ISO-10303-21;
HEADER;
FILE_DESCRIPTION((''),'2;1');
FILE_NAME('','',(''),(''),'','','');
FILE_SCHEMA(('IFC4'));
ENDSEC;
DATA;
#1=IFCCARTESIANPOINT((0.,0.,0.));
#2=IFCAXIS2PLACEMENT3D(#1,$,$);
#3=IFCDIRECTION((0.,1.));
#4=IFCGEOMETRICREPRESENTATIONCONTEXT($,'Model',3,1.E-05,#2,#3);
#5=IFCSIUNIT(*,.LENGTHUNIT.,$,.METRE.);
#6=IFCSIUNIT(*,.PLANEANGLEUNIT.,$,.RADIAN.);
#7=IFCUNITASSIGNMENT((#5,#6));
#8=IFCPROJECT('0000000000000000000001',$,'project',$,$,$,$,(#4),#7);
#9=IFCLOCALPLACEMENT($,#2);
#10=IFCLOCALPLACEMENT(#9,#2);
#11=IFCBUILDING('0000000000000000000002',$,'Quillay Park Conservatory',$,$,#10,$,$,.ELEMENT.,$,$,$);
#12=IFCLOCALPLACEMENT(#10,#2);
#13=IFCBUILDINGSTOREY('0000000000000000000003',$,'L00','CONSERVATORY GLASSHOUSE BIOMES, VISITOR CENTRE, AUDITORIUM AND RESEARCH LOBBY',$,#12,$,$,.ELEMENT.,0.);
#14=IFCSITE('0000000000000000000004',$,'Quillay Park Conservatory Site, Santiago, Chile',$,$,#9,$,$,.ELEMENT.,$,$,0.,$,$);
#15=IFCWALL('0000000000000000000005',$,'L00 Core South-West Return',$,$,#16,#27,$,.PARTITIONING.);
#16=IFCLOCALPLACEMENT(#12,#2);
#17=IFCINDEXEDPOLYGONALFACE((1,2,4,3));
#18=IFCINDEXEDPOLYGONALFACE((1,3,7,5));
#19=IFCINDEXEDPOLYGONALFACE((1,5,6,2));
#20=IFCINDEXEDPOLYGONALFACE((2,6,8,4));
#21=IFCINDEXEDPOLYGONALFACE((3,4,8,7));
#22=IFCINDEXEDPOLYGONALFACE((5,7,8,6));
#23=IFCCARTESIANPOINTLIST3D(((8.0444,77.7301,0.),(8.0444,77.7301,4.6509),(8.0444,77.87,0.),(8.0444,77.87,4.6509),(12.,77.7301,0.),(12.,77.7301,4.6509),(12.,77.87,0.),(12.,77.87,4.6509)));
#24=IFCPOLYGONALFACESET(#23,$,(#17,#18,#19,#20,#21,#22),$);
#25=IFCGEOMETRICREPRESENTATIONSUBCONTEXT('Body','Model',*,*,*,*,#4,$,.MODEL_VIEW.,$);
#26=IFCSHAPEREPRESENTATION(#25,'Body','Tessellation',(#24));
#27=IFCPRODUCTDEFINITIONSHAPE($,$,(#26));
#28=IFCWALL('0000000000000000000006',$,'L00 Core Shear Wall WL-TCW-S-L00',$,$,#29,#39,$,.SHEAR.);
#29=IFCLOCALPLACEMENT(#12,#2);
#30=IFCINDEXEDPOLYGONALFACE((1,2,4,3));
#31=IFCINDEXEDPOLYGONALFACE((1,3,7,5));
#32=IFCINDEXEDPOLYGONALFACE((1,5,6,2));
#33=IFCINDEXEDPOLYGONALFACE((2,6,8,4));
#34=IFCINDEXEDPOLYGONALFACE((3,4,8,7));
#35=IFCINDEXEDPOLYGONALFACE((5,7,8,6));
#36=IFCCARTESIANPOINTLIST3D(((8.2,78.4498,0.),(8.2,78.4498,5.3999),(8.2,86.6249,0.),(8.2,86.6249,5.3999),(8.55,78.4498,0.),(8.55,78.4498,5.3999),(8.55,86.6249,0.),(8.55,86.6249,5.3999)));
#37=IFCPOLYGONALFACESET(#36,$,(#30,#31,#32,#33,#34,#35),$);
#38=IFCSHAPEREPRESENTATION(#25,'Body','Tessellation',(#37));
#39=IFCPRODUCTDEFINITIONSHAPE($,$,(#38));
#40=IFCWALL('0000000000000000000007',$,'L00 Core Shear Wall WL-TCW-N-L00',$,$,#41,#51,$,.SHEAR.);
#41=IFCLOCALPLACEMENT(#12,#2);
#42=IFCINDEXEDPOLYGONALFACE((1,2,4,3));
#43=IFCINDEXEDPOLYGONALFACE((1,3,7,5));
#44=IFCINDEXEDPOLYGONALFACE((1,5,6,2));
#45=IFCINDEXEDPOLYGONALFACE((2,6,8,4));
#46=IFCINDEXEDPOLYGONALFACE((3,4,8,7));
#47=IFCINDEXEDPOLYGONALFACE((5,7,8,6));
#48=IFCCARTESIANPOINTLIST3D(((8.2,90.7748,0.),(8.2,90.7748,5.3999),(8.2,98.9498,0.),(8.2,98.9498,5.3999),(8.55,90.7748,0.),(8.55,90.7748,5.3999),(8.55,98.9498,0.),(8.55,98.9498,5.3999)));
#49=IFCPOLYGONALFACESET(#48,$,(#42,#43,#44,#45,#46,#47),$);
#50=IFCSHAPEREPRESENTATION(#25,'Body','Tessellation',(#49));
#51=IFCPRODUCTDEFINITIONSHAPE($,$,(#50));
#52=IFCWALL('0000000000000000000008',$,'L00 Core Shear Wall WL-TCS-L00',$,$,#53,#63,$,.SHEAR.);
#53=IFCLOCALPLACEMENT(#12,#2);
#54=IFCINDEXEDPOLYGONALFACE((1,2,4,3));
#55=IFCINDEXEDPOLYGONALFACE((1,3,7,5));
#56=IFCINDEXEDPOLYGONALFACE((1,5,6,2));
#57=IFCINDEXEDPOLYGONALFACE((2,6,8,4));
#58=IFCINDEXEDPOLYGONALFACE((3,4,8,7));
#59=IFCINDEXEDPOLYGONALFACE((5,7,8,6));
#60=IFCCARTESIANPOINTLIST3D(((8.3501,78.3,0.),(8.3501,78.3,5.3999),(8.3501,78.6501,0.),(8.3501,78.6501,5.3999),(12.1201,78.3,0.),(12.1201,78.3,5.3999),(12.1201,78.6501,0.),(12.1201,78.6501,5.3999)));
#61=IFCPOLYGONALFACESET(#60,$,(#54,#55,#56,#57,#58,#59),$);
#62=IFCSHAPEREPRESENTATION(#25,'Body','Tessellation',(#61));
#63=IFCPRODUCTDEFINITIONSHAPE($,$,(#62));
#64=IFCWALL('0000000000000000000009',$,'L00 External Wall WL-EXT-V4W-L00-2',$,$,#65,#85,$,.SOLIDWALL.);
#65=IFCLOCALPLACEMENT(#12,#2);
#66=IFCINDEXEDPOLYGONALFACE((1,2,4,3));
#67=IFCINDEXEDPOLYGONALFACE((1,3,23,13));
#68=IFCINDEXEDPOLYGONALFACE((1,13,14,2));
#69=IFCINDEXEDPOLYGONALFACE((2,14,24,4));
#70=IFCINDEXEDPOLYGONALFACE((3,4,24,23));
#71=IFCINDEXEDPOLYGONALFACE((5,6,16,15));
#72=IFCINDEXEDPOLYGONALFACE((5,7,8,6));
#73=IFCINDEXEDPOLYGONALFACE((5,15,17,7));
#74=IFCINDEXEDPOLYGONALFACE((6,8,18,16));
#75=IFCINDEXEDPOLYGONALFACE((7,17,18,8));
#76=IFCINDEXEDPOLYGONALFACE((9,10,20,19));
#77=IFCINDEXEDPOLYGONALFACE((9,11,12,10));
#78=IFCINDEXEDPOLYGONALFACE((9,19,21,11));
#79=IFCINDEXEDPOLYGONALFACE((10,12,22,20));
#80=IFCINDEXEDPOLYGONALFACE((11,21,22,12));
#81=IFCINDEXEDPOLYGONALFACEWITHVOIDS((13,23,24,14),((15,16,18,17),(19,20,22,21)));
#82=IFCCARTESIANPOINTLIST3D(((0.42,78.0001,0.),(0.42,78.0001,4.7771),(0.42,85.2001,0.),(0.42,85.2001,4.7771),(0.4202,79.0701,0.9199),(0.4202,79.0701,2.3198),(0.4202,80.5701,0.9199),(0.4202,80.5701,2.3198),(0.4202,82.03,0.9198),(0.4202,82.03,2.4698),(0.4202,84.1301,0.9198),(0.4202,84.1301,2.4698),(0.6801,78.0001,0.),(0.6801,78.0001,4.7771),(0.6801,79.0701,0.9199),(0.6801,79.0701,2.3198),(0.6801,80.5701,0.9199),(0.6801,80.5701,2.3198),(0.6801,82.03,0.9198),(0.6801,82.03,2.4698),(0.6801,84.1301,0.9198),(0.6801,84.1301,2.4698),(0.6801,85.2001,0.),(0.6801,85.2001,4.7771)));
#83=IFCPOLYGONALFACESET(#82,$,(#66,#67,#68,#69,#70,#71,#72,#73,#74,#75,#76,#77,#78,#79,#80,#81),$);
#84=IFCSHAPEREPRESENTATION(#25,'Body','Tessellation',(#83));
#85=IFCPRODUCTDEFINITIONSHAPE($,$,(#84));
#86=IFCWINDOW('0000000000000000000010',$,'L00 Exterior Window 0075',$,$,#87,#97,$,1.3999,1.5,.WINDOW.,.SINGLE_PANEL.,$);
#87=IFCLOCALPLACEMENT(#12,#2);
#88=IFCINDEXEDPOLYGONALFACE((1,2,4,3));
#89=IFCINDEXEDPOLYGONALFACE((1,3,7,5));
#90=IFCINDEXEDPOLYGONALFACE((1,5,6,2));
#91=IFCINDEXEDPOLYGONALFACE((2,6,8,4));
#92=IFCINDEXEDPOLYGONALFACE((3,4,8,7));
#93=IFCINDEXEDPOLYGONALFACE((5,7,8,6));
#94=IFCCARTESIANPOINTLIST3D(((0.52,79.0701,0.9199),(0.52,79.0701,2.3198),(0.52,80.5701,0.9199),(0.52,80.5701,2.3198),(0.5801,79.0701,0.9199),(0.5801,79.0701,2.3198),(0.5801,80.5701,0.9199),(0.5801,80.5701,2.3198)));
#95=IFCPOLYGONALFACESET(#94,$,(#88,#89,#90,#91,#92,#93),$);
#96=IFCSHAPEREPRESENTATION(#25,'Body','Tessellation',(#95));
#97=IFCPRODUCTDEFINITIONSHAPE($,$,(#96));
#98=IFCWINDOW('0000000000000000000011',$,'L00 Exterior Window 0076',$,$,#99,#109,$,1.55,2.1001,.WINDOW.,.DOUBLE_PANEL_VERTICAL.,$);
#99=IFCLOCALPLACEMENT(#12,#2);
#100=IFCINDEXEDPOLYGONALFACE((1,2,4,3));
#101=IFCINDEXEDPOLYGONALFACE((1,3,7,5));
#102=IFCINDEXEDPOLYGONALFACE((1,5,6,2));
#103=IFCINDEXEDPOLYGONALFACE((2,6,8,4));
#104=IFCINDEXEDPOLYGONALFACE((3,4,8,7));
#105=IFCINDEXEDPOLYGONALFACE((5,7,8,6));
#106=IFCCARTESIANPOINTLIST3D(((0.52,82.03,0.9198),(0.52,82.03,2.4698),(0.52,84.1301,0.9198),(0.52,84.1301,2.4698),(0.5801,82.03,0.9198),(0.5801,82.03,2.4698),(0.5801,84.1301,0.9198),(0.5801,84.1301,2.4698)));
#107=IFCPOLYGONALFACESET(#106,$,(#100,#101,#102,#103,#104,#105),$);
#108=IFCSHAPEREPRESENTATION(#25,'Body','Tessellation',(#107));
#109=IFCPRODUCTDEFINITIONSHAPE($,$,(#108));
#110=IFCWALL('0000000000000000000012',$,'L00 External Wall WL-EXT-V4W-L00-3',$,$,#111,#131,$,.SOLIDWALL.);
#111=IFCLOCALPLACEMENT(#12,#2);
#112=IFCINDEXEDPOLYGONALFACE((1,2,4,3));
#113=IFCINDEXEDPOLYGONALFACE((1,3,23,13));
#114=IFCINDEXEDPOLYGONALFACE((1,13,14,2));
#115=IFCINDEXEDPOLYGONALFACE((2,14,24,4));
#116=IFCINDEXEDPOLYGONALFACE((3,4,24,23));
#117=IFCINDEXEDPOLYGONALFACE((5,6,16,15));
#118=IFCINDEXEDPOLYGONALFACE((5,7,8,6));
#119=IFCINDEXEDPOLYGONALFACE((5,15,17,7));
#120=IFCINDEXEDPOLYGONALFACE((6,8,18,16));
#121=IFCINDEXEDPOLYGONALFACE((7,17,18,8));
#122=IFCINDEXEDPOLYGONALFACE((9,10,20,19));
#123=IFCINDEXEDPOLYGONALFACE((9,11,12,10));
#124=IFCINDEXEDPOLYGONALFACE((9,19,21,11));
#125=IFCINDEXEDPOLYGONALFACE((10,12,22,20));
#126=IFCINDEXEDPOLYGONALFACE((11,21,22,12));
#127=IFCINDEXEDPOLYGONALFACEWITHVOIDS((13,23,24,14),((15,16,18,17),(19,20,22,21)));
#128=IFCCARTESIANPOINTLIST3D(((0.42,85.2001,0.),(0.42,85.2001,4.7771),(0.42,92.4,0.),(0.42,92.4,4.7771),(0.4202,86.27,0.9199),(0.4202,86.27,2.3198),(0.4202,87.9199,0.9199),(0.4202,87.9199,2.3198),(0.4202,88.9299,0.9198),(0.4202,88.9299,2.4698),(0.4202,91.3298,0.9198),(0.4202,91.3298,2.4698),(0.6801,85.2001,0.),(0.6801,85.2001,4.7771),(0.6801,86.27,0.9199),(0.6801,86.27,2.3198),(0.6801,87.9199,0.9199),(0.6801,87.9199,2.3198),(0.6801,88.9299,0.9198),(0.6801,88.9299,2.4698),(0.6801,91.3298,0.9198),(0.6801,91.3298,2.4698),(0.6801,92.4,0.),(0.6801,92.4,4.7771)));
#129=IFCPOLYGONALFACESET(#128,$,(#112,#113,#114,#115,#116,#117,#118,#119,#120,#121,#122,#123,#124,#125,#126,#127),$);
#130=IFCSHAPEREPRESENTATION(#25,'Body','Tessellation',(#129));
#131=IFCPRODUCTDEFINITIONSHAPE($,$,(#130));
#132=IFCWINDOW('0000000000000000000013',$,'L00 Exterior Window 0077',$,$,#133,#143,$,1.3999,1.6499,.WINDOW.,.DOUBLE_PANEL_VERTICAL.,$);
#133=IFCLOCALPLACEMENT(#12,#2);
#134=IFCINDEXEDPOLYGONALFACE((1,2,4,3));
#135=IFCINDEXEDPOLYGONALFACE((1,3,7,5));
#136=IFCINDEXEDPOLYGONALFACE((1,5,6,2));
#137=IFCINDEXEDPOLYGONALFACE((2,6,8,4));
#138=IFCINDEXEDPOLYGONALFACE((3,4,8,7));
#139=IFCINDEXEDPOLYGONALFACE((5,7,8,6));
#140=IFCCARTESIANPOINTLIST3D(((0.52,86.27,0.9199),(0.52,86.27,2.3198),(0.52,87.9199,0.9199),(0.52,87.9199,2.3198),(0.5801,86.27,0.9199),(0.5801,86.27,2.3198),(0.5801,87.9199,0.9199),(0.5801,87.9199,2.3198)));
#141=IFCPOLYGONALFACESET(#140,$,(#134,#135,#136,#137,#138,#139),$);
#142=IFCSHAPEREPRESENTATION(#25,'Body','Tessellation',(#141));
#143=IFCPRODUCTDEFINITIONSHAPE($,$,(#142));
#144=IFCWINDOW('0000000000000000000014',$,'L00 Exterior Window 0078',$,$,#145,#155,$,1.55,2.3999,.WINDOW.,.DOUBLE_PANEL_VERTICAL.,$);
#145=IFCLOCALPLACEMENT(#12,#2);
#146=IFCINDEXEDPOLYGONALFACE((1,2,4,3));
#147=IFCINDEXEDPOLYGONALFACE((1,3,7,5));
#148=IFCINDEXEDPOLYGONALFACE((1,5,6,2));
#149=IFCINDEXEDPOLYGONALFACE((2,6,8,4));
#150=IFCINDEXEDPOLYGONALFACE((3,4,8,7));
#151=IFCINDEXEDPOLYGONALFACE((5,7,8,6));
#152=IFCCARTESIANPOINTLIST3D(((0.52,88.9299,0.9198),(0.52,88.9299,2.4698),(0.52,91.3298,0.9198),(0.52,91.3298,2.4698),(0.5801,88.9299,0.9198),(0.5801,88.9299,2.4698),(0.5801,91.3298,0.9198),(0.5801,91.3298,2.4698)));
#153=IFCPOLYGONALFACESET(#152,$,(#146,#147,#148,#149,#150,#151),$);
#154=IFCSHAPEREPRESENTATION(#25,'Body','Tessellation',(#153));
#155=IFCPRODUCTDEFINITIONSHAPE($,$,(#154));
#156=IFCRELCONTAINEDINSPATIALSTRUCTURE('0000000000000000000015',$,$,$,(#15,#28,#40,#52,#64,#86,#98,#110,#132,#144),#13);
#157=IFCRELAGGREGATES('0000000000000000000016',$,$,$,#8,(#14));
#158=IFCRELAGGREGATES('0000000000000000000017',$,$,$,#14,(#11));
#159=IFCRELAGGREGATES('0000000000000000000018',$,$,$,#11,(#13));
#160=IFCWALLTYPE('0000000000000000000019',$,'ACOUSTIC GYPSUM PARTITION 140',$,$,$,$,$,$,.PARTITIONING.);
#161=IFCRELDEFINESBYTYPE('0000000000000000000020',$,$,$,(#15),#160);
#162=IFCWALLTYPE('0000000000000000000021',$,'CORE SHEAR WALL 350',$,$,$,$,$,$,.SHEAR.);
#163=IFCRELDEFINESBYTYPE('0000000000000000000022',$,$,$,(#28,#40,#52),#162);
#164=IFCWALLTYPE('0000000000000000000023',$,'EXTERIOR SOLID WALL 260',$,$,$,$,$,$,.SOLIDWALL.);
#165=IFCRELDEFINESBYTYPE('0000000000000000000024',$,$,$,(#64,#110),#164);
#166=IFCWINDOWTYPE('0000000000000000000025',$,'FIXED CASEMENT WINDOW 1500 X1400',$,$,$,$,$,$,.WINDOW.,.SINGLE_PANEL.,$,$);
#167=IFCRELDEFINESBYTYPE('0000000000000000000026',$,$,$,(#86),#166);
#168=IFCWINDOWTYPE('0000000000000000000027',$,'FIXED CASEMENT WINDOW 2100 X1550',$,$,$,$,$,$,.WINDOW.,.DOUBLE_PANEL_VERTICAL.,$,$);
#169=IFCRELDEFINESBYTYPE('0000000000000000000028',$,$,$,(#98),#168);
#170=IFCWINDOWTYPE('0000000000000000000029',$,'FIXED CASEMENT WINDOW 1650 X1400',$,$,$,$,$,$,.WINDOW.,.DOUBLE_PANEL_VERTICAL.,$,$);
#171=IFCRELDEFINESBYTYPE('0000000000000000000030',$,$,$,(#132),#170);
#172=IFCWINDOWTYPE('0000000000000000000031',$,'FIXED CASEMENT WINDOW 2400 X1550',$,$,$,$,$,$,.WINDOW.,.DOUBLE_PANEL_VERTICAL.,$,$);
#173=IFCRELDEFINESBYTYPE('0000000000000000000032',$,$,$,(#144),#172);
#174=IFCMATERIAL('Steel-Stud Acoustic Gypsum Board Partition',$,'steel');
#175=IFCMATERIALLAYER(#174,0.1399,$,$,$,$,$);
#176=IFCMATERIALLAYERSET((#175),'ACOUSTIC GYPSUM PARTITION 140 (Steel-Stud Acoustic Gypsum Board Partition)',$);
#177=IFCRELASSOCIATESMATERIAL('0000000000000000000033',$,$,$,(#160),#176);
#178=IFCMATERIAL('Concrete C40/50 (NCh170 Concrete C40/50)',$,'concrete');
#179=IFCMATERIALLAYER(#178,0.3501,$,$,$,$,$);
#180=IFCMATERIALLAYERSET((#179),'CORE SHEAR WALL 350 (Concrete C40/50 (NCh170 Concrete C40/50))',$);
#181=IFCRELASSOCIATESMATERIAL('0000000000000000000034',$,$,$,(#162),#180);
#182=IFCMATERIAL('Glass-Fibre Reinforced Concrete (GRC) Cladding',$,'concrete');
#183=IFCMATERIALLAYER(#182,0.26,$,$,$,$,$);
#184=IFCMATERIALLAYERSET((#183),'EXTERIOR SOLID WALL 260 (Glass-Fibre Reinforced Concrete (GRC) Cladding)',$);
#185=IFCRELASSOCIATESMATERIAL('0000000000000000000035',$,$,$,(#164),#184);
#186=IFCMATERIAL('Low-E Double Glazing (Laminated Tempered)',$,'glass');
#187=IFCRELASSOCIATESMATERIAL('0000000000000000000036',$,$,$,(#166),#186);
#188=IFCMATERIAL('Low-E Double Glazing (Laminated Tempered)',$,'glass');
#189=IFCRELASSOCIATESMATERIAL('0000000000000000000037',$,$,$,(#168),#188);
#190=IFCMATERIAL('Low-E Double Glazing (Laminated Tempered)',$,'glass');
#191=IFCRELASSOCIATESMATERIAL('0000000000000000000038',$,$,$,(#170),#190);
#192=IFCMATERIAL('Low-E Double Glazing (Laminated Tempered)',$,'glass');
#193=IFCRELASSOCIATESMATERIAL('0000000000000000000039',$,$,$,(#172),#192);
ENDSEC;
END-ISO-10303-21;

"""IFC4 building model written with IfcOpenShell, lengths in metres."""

from ifc_helpers import new_model, si_unit, direction, frame, frame_2d, origin, place, context, subcontext, project, spatial, rectangle, extrude, material, layer, layer_set, type_object, element, fill, save


model = new_model("IFC4")

# Units and contexts
model_context = context("Model", 3, precision=1e-05, world=origin(), true_north=direction((0.0, 1.0)))
body_context = subcontext(model_context, "Body", "Model", "MODEL_VIEW")
ifc_project = project(units=[si_unit("LENGTHUNIT", "METRE"), si_unit("PLANEANGLEUNIT", "RADIAN")], contexts=[model_context])

# Site, building, storey
site_placement = place(None, origin())
site = spatial("IfcSite", under=ifc_project, at=site_placement, Name="Quillay Park Conservatory Site, Santiago, Chile", CompositionType="ELEMENT", RefElevation=0.0)
building_placement = place(site_placement, origin())
building = spatial("IfcBuilding", under=site, at=building_placement, Name="Quillay Park Conservatory", CompositionType="ELEMENT")
storey_placement = place(building_placement, origin())
storey = spatial("IfcBuildingStorey", under=building, at=storey_placement, Name="L00", Description="CONSERVATORY GLASSHOUSE BIOMES, VISITOR CENTRE, AUDITORIUM AND RESEARCH LOBBY", CompositionType="ELEMENT", Elevation=0.0)

# Wall
ifc_material_1 = material(Name="Steel-Stud Acoustic Gypsum Board Partition", Category="steel")
ifc_layer_1 = layer(ifc_material_1, 0.1399)
ifc_layer_set_1 = layer_set([ifc_layer_1], Name="ACOUSTIC GYPSUM PARTITION 140 (Steel-Stud Acoustic Gypsum Board Partition)")
wall_type_1 = type_object("IfcWallType", Name="ACOUSTIC GYPSUM PARTITION 140", PredefinedType="PARTITIONING", material=ifc_layer_set_1)
wall_1_placement = place(storey_placement, frame((8.0444, 77.8, 0.0), z_axis=(0.0, 0.0, 1.0), x_axis=(1.0, 0.0, 0.0)))
element("IfcWall", 1, at=wall_1_placement, inside=storey, type_object=wall_type_1, Name="L00 Core South-West Return", PredefinedType="PARTITIONING", context=body_context, shape_type="SweptSolid", body=[
    extrude(rectangle(XDim=3.9556, YDim=0.1399, at=frame_2d((1.9778, 0.0))), origin(), (0.0, 0.0, 1.0), 4.6509),
])

# Walls
ifc_material_2 = material(Name="Concrete C40/50 (NCh170 Concrete C40/50)", Category="concrete")
ifc_layer_2 = layer(ifc_material_2, 0.3501)
ifc_layer_set_2 = layer_set([ifc_layer_2], Name="CORE SHEAR WALL 350 (Concrete C40/50 (NCh170 Concrete C40/50))")
wall_type_2 = type_object("IfcWallType", Name="CORE SHEAR WALL 350", PredefinedType="SHEAR", material=ifc_layer_set_2)
for number, where, z_axis, x_axis, name in (
    (2, (8.375, 78.45, 0.0), (0.0, 0.0, 1.0), (0.0, 1.0, 0.0), "L00 Core Shear Wall WL-TCW-S-L00"),
    (3, (8.375, 90.7749, 0.0), (0.0, 0.0, 1.0), (0.0, 1.0, 0.0), "L00 Core Shear Wall WL-TCW-N-L00"),
):
    element("IfcWall", number, at=place(storey_placement, frame(where, z_axis=z_axis, x_axis=x_axis)), inside=storey, type_object=wall_type_2, Name=name, PredefinedType="SHEAR", context=body_context, shape_type="SweptSolid", body=[
        extrude(rectangle(XDim=8.175, YDim=0.3501, at=frame_2d((4.0874, 0.0))), origin(), (0.0, 0.0, 1.0), 5.3999),
    ])
wall_2_placement = place(storey_placement, frame((8.3501, 78.4751, 0.0), z_axis=(0.0, 0.0, 1.0), x_axis=(1.0, 0.0, 0.0)))
element("IfcWall", 4, at=wall_2_placement, inside=storey, type_object=wall_type_2, Name="L00 Core Shear Wall WL-TCS-L00", PredefinedType="SHEAR", context=body_context, shape_type="SweptSolid", body=[
    extrude(rectangle(XDim=3.77, YDim=0.3501, at=frame_2d((1.885, 0.0))), origin(), (0.0, 0.0, 1.0), 5.3999),
])

# Walls, openings, windows
ifc_material_3 = material(Name="Glass-Fibre Reinforced Concrete (GRC) Cladding", Category="concrete")
ifc_layer_3 = layer(ifc_material_3, 0.26)
ifc_layer_set_3 = layer_set([ifc_layer_3], Name="EXTERIOR SOLID WALL 260 (Glass-Fibre Reinforced Concrete (GRC) Cladding)")
wall_type_3 = type_object("IfcWallType", Name="EXTERIOR SOLID WALL 260", PredefinedType="SOLIDWALL", material=ifc_layer_set_3)
wall_3_placement = place(storey_placement, frame((0.55, 78.0, 0.0), z_axis=(0.0, 0.0, 1.0), x_axis=(0.0, 1.0, 0.0)))
wall_3 = element("IfcWall", 5, at=wall_3_placement, inside=storey, type_object=wall_type_3, Name="L00 External Wall WL-EXT-V4W-L00-2", PredefinedType="SOLIDWALL", context=body_context, shape_type="SweptSolid", body=[
    extrude(rectangle(XDim=7.2, YDim=0.26, at=frame_2d((3.6001, 0.0))), origin(), (0.0, 0.0, 1.0), 4.7771),
])
opening_1_placement = place(wall_3_placement, frame((1.0701, 0.0, 0.9199)))
opening_1 = element("IfcOpeningElement", 6, at=opening_1_placement, cuts=wall_3, PredefinedType="OPENING", context=body_context, shape_type="SweptSolid", body=[
    extrude(rectangle(XDim=1.5, YDim=1.3999, at=frame_2d((0.75, 0.7))), frame((0.0, 0.1299, 0.0), z_axis=(0.0, -1.0, 0.0), x_axis=(1.0, 0.0, 0.0)), (0.0, 0.0, 1.0), 0.26),
])
opening_2_placement = place(wall_3_placement, frame((4.03, 0.0, 0.9199)))
opening_2 = element("IfcOpeningElement", 7, at=opening_2_placement, cuts=wall_3, PredefinedType="OPENING", context=body_context, shape_type="SweptSolid", body=[
    extrude(rectangle(XDim=2.1001, YDim=1.55, at=frame_2d((1.05, 0.7749))), frame((0.0, 0.1299, 0.0), z_axis=(0.0, -1.0, 0.0), x_axis=(1.0, 0.0, 0.0)), (0.0, 0.0, 1.0), 0.26),
])
ifc_material_4 = material(Name="Low-E Double Glazing (Laminated Tempered)", Category="glass")
window_type_1 = type_object("IfcWindowType", Name="FIXED CASEMENT WINDOW 1500 X1400", PartitioningType="SINGLE_PANEL", PredefinedType="WINDOW", material=ifc_material_4)
window_1_placement = place(opening_1_placement, origin())
window_1 = element("IfcWindow", 8, at=window_1_placement, inside=storey, type_object=window_type_1, Name="L00 Exterior Window 0075", OverallHeight=1.3999, OverallWidth=1.5, PartitioningType="SINGLE_PANEL", PredefinedType="WINDOW", context=body_context, shape_type="SweptSolid", body=[
    extrude(rectangle(XDim=1.5, YDim=1.3999, at=frame_2d((0.75, 0.7))), frame((0.0, 0.03, 0.0), z_axis=(0.0, -1.0, 0.0), x_axis=(1.0, 0.0, 0.0)), (0.0, 0.0, 1.0), 0.0601),
])
fill(opening_1, window_1)
ifc_material_5 = material(Name="Low-E Double Glazing (Laminated Tempered)", Category="glass")
window_type_2 = type_object("IfcWindowType", Name="FIXED CASEMENT WINDOW 2100 X1550", PartitioningType="DOUBLE_PANEL_VERTICAL", PredefinedType="WINDOW", material=ifc_material_5)
window_2_placement = place(opening_2_placement, origin())
window_2 = element("IfcWindow", 9, at=window_2_placement, inside=storey, type_object=window_type_2, Name="L00 Exterior Window 0076", OverallHeight=1.55, OverallWidth=2.1001, PartitioningType="DOUBLE_PANEL_VERTICAL", PredefinedType="WINDOW", context=body_context, shape_type="SweptSolid", body=[
    extrude(rectangle(XDim=2.1001, YDim=1.55, at=frame_2d((1.05, 0.7749))), frame((0.0, 0.03, 0.0), z_axis=(0.0, -1.0, 0.0), x_axis=(1.0, 0.0, 0.0)), (0.0, 0.0, 1.0), 0.0601),
])
fill(opening_2, window_2)
wall_4_placement = place(storey_placement, frame((0.55, 85.2, 0.0), z_axis=(0.0, 0.0, 1.0), x_axis=(0.0, 1.0, 0.0)))
wall_4 = element("IfcWall", 10, at=wall_4_placement, inside=storey, type_object=wall_type_3, Name="L00 External Wall WL-EXT-V4W-L00-3", PredefinedType="SOLIDWALL", context=body_context, shape_type="SweptSolid", body=[
    extrude(rectangle(XDim=7.2, YDim=0.26, at=frame_2d((3.6001, 0.0))), origin(), (0.0, 0.0, 1.0), 4.7771),
])
opening_3_placement = place(wall_4_placement, frame((1.0701, 0.0, 0.9199)))
opening_3 = element("IfcOpeningElement", 11, at=opening_3_placement, cuts=wall_4, PredefinedType="OPENING", context=body_context, shape_type="SweptSolid", body=[
    extrude(rectangle(XDim=1.6499, YDim=1.3999, at=frame_2d((0.825, 0.7))), frame((0.0, 0.1299, 0.0), z_axis=(0.0, -1.0, 0.0), x_axis=(1.0, 0.0, 0.0)), (0.0, 0.0, 1.0), 0.26),
])
opening_4_placement = place(wall_4_placement, frame((3.73, 0.0, 0.9199)))
opening_4 = element("IfcOpeningElement", 12, at=opening_4_placement, cuts=wall_4, PredefinedType="OPENING", context=body_context, shape_type="SweptSolid", body=[
    extrude(rectangle(XDim=2.3999, YDim=1.55, at=frame_2d((1.2, 0.7749))), frame((0.0, 0.1299, 0.0), z_axis=(0.0, -1.0, 0.0), x_axis=(1.0, 0.0, 0.0)), (0.0, 0.0, 1.0), 0.26),
])
ifc_material_6 = material(Name="Low-E Double Glazing (Laminated Tempered)", Category="glass")
window_type_3 = type_object("IfcWindowType", Name="FIXED CASEMENT WINDOW 1650 X1400", PartitioningType="DOUBLE_PANEL_VERTICAL", PredefinedType="WINDOW", material=ifc_material_6)
window_3_placement = place(opening_3_placement, origin())
window_3 = element("IfcWindow", 13, at=window_3_placement, inside=storey, type_object=window_type_3, Name="L00 Exterior Window 0077", OverallHeight=1.3999, OverallWidth=1.6499, PartitioningType="DOUBLE_PANEL_VERTICAL", PredefinedType="WINDOW", context=body_context, shape_type="SweptSolid", body=[
    extrude(rectangle(XDim=1.6499, YDim=1.3999, at=frame_2d((0.825, 0.7))), frame((0.0, 0.03, 0.0), z_axis=(0.0, -1.0, 0.0), x_axis=(1.0, 0.0, 0.0)), (0.0, 0.0, 1.0), 0.0601),
])
fill(opening_3, window_3)
ifc_material_7 = material(Name="Low-E Double Glazing (Laminated Tempered)", Category="glass")
window_type_4 = type_object("IfcWindowType", Name="FIXED CASEMENT WINDOW 2400 X1550", PartitioningType="DOUBLE_PANEL_VERTICAL", PredefinedType="WINDOW", material=ifc_material_7)
window_4_placement = place(opening_4_placement, origin())
window_4 = element("IfcWindow", 14, at=window_4_placement, inside=storey, type_object=window_type_4, Name="L00 Exterior Window 0078", OverallHeight=1.55, OverallWidth=2.3999, PartitioningType="DOUBLE_PANEL_VERTICAL", PredefinedType="WINDOW", context=body_context, shape_type="SweptSolid", body=[
    extrude(rectangle(XDim=2.3999, YDim=1.55, at=frame_2d((1.2, 0.7749))), frame((0.0, 0.03, 0.0), z_axis=(0.0, -1.0, 0.0), x_axis=(1.0, 0.0, 0.0)), (0.0, 0.0, 1.0), 0.0601),
])
fill(opening_4, window_4)

save(model, "model.ifc")
